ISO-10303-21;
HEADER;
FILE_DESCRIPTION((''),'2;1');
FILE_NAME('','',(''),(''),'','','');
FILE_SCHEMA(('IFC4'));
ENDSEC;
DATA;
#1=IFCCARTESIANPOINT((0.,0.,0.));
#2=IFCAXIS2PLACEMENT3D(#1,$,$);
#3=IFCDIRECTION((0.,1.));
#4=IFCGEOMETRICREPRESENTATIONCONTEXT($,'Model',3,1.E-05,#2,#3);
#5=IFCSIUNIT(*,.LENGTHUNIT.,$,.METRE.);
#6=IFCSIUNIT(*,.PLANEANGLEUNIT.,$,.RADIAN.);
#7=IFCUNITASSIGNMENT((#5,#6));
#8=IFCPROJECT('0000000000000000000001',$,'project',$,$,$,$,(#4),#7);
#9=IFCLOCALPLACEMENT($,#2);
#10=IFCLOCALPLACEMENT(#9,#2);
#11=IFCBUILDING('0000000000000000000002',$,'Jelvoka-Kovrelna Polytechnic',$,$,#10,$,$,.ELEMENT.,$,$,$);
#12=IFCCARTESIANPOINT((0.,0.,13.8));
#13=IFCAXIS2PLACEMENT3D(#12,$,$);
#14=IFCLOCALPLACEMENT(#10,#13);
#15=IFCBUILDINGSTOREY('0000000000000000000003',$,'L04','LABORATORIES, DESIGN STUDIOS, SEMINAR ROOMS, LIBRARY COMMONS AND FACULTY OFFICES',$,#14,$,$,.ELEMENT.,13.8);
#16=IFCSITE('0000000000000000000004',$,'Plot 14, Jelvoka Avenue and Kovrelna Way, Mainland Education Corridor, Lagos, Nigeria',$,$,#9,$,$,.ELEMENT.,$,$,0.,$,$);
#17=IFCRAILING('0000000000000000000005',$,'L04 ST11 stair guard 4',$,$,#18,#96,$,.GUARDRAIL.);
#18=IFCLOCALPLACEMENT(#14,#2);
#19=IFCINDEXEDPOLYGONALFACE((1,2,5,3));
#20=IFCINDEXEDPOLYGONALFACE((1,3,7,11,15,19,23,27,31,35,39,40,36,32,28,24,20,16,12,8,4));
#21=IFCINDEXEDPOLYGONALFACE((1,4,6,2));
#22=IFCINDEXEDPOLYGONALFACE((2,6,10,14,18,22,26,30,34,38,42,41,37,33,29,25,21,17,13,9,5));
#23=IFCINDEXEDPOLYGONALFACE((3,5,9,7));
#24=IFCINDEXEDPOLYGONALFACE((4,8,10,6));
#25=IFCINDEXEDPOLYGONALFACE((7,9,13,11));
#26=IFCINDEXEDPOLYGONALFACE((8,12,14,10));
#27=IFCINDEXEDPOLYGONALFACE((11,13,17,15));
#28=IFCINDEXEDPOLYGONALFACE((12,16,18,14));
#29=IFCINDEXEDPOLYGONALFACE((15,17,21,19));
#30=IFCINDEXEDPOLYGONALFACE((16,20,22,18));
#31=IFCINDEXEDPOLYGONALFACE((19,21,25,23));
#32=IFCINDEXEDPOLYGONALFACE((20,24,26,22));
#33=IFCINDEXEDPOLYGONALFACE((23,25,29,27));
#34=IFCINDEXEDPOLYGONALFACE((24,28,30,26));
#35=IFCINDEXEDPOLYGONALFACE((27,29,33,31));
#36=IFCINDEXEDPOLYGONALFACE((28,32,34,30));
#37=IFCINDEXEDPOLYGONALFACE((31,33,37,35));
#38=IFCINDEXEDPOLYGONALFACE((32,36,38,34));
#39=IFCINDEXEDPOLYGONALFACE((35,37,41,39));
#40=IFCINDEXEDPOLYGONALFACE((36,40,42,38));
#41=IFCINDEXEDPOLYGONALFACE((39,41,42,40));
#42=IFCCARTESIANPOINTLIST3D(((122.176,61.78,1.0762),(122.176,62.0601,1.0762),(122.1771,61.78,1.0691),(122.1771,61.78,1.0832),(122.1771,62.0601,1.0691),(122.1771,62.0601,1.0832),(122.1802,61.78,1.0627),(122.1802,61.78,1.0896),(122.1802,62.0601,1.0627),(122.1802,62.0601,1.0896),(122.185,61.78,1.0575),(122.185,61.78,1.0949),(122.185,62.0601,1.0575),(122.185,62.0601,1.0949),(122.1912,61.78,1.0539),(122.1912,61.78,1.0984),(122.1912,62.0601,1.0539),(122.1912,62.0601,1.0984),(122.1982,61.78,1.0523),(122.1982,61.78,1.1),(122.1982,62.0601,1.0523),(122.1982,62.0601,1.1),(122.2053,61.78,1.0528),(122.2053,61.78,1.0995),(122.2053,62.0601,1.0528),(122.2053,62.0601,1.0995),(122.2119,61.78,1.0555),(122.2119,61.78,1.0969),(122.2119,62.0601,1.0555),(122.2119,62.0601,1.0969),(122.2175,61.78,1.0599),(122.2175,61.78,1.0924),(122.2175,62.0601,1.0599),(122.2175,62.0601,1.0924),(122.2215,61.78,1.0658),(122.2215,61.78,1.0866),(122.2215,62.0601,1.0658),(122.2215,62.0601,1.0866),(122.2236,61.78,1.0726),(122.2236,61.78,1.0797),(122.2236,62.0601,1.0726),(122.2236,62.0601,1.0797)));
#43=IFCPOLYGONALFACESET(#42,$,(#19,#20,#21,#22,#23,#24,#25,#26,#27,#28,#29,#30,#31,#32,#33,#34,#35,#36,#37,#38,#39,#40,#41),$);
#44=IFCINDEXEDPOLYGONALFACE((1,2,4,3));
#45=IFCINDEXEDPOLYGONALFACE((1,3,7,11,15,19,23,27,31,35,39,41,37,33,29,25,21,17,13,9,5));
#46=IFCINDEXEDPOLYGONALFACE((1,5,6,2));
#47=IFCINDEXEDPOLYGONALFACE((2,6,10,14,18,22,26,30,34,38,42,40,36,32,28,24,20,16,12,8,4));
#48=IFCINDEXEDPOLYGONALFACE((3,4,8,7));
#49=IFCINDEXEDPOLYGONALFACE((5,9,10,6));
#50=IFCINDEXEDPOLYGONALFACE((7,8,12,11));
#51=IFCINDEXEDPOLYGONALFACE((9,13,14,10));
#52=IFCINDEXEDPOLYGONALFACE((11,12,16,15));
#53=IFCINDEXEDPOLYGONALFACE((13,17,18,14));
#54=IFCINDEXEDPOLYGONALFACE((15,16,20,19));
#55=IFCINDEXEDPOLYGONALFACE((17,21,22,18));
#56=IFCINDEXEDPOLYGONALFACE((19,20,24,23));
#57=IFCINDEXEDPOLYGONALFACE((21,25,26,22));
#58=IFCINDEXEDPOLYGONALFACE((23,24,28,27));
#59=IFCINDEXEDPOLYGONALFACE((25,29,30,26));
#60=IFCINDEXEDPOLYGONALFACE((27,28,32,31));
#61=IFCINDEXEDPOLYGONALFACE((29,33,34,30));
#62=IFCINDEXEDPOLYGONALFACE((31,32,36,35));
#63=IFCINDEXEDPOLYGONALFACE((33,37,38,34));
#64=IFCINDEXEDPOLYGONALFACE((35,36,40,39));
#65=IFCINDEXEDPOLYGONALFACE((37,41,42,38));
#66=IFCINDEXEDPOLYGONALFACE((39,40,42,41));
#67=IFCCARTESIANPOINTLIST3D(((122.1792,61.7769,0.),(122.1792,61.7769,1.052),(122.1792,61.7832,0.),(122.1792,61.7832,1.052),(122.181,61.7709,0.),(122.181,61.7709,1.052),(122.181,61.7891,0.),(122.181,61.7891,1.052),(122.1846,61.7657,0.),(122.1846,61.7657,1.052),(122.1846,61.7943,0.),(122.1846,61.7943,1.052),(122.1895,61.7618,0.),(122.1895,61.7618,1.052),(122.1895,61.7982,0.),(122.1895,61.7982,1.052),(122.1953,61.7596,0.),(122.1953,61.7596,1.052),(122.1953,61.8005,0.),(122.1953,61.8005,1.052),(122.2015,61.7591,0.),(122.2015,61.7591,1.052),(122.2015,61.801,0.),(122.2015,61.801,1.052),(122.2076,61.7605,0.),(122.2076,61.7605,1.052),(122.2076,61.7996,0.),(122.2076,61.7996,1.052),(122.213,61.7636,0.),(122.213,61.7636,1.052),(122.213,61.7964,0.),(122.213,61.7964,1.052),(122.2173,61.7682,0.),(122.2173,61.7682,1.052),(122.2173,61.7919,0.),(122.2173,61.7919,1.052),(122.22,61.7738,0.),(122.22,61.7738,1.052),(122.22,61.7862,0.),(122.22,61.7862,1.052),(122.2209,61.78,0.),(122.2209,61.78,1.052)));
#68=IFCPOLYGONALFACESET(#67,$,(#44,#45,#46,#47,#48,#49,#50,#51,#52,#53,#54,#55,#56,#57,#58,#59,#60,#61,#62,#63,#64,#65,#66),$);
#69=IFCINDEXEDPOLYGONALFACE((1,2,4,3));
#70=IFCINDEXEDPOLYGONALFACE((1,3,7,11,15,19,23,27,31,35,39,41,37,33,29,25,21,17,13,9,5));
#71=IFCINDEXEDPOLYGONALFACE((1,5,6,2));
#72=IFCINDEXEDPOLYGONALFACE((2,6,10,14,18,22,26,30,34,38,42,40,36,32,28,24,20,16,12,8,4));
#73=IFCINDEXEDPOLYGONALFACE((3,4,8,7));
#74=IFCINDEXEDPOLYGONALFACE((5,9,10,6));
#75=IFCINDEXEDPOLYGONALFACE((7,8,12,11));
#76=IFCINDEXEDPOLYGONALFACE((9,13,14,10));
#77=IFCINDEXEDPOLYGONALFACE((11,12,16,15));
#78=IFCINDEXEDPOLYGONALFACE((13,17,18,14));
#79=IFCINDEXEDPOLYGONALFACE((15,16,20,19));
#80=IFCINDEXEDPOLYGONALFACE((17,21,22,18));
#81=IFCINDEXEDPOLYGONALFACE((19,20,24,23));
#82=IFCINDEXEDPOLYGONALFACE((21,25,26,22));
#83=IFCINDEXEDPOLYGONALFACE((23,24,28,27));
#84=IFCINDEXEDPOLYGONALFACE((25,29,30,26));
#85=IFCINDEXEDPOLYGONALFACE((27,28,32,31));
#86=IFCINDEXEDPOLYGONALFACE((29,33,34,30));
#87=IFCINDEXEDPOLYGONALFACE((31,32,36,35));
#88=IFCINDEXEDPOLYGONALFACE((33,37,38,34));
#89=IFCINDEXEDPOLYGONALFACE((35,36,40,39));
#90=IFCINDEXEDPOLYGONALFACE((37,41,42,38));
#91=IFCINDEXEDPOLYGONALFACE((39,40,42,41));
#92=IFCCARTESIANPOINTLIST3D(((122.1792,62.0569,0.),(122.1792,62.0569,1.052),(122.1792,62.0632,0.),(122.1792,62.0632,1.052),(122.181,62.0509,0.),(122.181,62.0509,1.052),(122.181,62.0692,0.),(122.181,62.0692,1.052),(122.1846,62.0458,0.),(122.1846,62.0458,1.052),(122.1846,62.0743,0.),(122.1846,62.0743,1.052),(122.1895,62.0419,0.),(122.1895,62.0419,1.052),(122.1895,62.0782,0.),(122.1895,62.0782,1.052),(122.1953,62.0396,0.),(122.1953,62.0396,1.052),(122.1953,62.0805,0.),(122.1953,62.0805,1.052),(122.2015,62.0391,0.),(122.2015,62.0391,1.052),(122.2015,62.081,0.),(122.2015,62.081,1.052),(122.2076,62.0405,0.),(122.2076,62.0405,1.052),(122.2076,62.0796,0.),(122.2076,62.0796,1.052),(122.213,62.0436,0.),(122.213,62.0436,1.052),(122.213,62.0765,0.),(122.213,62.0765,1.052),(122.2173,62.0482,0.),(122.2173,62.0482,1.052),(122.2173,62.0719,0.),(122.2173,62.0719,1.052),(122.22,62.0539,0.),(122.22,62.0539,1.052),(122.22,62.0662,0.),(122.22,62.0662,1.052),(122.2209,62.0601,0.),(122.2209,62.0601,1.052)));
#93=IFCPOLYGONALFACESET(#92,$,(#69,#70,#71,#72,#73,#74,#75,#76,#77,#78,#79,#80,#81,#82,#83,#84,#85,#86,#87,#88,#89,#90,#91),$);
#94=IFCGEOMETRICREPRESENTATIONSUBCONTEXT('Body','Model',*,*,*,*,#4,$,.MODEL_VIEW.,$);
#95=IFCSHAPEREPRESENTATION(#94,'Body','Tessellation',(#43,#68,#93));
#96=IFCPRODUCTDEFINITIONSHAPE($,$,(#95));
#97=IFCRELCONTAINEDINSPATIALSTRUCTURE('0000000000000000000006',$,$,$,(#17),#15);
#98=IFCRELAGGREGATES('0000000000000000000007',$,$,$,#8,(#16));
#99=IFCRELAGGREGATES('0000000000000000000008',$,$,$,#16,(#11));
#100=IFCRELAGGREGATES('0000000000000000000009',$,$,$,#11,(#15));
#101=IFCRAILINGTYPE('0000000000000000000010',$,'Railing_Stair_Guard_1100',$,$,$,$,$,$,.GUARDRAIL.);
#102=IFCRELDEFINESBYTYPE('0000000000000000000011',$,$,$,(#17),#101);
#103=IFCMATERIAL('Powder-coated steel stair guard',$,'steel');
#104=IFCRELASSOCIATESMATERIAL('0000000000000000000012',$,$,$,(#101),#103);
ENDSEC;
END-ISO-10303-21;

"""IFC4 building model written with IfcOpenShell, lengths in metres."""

from ifc_helpers import new_model, si_unit, direction, frame, origin, origin_2d, place, context, subcontext, project, spatial, circle, extrude, material, type_object, element, save


model = new_model("IFC4")

# Units and contexts
model_context = context("Model", 3, precision=1e-05, world=origin(), true_north=direction((0.0, 1.0)))
body_context = subcontext(model_context, "Body", "Model", "MODEL_VIEW")
ifc_project = project(units=[si_unit("LENGTHUNIT", "METRE"), si_unit("PLANEANGLEUNIT", "RADIAN")], contexts=[model_context])

# Site, building, storey
site_placement = place(None, origin())
site = spatial("IfcSite", under=ifc_project, at=site_placement, Name="Plot 14, Jelvoka Avenue and Kovrelna Way, Mainland Education Corridor, Lagos, Nigeria", CompositionType="ELEMENT", RefElevation=0.0)
building_placement = place(site_placement, origin())
building = spatial("IfcBuilding", under=site, at=building_placement, Name="Jelvoka-Kovrelna Polytechnic", CompositionType="ELEMENT")
storey_placement = place(building_placement, frame((0.0, 0.0, 13.8)))
storey = spatial("IfcBuildingStorey", under=building, at=storey_placement, Name="L04", Description="LABORATORIES, DESIGN STUDIOS, SEMINAR ROOMS, LIBRARY COMMONS AND FACULTY OFFICES", CompositionType="ELEMENT", Elevation=13.8)

# Railing
ifc_material_1 = material(Name="Powder-coated steel stair guard", Category="steel")
railing_type_1 = type_object("IfcRailingType", Name="Railing_Stair_Guard_1100", PredefinedType="GUARDRAIL", material=ifc_material_1)
railing_1_placement = place(storey_placement, frame((122.2, 61.78, 0.0)))
element("IfcRailing", 1, at=railing_1_placement, inside=storey, type_object=railing_type_1, Name="L04 ST11 stair guard 4", PredefinedType="GUARDRAIL", context=body_context, shape_type="SweptSolid", body=[
    extrude(circle(Radius=0.0239, at=origin_2d()), frame((0.0, 0.0, 1.0762), z_axis=(0.0, 1.0, 0.0), x_axis=(-1.0, 0.0, 0.0)), (0.0, 0.0, 1.0), 0.28),
    extrude(circle(Radius=0.021, at=origin_2d()), origin(), (0.0, 0.0, 1.0), 1.052),
    extrude(circle(Radius=0.021, at=origin_2d()), frame((0.0, 0.28, 0.0)), (0.0, 0.0, 1.0), 1.052),
])

save(model, "model.ifc")
